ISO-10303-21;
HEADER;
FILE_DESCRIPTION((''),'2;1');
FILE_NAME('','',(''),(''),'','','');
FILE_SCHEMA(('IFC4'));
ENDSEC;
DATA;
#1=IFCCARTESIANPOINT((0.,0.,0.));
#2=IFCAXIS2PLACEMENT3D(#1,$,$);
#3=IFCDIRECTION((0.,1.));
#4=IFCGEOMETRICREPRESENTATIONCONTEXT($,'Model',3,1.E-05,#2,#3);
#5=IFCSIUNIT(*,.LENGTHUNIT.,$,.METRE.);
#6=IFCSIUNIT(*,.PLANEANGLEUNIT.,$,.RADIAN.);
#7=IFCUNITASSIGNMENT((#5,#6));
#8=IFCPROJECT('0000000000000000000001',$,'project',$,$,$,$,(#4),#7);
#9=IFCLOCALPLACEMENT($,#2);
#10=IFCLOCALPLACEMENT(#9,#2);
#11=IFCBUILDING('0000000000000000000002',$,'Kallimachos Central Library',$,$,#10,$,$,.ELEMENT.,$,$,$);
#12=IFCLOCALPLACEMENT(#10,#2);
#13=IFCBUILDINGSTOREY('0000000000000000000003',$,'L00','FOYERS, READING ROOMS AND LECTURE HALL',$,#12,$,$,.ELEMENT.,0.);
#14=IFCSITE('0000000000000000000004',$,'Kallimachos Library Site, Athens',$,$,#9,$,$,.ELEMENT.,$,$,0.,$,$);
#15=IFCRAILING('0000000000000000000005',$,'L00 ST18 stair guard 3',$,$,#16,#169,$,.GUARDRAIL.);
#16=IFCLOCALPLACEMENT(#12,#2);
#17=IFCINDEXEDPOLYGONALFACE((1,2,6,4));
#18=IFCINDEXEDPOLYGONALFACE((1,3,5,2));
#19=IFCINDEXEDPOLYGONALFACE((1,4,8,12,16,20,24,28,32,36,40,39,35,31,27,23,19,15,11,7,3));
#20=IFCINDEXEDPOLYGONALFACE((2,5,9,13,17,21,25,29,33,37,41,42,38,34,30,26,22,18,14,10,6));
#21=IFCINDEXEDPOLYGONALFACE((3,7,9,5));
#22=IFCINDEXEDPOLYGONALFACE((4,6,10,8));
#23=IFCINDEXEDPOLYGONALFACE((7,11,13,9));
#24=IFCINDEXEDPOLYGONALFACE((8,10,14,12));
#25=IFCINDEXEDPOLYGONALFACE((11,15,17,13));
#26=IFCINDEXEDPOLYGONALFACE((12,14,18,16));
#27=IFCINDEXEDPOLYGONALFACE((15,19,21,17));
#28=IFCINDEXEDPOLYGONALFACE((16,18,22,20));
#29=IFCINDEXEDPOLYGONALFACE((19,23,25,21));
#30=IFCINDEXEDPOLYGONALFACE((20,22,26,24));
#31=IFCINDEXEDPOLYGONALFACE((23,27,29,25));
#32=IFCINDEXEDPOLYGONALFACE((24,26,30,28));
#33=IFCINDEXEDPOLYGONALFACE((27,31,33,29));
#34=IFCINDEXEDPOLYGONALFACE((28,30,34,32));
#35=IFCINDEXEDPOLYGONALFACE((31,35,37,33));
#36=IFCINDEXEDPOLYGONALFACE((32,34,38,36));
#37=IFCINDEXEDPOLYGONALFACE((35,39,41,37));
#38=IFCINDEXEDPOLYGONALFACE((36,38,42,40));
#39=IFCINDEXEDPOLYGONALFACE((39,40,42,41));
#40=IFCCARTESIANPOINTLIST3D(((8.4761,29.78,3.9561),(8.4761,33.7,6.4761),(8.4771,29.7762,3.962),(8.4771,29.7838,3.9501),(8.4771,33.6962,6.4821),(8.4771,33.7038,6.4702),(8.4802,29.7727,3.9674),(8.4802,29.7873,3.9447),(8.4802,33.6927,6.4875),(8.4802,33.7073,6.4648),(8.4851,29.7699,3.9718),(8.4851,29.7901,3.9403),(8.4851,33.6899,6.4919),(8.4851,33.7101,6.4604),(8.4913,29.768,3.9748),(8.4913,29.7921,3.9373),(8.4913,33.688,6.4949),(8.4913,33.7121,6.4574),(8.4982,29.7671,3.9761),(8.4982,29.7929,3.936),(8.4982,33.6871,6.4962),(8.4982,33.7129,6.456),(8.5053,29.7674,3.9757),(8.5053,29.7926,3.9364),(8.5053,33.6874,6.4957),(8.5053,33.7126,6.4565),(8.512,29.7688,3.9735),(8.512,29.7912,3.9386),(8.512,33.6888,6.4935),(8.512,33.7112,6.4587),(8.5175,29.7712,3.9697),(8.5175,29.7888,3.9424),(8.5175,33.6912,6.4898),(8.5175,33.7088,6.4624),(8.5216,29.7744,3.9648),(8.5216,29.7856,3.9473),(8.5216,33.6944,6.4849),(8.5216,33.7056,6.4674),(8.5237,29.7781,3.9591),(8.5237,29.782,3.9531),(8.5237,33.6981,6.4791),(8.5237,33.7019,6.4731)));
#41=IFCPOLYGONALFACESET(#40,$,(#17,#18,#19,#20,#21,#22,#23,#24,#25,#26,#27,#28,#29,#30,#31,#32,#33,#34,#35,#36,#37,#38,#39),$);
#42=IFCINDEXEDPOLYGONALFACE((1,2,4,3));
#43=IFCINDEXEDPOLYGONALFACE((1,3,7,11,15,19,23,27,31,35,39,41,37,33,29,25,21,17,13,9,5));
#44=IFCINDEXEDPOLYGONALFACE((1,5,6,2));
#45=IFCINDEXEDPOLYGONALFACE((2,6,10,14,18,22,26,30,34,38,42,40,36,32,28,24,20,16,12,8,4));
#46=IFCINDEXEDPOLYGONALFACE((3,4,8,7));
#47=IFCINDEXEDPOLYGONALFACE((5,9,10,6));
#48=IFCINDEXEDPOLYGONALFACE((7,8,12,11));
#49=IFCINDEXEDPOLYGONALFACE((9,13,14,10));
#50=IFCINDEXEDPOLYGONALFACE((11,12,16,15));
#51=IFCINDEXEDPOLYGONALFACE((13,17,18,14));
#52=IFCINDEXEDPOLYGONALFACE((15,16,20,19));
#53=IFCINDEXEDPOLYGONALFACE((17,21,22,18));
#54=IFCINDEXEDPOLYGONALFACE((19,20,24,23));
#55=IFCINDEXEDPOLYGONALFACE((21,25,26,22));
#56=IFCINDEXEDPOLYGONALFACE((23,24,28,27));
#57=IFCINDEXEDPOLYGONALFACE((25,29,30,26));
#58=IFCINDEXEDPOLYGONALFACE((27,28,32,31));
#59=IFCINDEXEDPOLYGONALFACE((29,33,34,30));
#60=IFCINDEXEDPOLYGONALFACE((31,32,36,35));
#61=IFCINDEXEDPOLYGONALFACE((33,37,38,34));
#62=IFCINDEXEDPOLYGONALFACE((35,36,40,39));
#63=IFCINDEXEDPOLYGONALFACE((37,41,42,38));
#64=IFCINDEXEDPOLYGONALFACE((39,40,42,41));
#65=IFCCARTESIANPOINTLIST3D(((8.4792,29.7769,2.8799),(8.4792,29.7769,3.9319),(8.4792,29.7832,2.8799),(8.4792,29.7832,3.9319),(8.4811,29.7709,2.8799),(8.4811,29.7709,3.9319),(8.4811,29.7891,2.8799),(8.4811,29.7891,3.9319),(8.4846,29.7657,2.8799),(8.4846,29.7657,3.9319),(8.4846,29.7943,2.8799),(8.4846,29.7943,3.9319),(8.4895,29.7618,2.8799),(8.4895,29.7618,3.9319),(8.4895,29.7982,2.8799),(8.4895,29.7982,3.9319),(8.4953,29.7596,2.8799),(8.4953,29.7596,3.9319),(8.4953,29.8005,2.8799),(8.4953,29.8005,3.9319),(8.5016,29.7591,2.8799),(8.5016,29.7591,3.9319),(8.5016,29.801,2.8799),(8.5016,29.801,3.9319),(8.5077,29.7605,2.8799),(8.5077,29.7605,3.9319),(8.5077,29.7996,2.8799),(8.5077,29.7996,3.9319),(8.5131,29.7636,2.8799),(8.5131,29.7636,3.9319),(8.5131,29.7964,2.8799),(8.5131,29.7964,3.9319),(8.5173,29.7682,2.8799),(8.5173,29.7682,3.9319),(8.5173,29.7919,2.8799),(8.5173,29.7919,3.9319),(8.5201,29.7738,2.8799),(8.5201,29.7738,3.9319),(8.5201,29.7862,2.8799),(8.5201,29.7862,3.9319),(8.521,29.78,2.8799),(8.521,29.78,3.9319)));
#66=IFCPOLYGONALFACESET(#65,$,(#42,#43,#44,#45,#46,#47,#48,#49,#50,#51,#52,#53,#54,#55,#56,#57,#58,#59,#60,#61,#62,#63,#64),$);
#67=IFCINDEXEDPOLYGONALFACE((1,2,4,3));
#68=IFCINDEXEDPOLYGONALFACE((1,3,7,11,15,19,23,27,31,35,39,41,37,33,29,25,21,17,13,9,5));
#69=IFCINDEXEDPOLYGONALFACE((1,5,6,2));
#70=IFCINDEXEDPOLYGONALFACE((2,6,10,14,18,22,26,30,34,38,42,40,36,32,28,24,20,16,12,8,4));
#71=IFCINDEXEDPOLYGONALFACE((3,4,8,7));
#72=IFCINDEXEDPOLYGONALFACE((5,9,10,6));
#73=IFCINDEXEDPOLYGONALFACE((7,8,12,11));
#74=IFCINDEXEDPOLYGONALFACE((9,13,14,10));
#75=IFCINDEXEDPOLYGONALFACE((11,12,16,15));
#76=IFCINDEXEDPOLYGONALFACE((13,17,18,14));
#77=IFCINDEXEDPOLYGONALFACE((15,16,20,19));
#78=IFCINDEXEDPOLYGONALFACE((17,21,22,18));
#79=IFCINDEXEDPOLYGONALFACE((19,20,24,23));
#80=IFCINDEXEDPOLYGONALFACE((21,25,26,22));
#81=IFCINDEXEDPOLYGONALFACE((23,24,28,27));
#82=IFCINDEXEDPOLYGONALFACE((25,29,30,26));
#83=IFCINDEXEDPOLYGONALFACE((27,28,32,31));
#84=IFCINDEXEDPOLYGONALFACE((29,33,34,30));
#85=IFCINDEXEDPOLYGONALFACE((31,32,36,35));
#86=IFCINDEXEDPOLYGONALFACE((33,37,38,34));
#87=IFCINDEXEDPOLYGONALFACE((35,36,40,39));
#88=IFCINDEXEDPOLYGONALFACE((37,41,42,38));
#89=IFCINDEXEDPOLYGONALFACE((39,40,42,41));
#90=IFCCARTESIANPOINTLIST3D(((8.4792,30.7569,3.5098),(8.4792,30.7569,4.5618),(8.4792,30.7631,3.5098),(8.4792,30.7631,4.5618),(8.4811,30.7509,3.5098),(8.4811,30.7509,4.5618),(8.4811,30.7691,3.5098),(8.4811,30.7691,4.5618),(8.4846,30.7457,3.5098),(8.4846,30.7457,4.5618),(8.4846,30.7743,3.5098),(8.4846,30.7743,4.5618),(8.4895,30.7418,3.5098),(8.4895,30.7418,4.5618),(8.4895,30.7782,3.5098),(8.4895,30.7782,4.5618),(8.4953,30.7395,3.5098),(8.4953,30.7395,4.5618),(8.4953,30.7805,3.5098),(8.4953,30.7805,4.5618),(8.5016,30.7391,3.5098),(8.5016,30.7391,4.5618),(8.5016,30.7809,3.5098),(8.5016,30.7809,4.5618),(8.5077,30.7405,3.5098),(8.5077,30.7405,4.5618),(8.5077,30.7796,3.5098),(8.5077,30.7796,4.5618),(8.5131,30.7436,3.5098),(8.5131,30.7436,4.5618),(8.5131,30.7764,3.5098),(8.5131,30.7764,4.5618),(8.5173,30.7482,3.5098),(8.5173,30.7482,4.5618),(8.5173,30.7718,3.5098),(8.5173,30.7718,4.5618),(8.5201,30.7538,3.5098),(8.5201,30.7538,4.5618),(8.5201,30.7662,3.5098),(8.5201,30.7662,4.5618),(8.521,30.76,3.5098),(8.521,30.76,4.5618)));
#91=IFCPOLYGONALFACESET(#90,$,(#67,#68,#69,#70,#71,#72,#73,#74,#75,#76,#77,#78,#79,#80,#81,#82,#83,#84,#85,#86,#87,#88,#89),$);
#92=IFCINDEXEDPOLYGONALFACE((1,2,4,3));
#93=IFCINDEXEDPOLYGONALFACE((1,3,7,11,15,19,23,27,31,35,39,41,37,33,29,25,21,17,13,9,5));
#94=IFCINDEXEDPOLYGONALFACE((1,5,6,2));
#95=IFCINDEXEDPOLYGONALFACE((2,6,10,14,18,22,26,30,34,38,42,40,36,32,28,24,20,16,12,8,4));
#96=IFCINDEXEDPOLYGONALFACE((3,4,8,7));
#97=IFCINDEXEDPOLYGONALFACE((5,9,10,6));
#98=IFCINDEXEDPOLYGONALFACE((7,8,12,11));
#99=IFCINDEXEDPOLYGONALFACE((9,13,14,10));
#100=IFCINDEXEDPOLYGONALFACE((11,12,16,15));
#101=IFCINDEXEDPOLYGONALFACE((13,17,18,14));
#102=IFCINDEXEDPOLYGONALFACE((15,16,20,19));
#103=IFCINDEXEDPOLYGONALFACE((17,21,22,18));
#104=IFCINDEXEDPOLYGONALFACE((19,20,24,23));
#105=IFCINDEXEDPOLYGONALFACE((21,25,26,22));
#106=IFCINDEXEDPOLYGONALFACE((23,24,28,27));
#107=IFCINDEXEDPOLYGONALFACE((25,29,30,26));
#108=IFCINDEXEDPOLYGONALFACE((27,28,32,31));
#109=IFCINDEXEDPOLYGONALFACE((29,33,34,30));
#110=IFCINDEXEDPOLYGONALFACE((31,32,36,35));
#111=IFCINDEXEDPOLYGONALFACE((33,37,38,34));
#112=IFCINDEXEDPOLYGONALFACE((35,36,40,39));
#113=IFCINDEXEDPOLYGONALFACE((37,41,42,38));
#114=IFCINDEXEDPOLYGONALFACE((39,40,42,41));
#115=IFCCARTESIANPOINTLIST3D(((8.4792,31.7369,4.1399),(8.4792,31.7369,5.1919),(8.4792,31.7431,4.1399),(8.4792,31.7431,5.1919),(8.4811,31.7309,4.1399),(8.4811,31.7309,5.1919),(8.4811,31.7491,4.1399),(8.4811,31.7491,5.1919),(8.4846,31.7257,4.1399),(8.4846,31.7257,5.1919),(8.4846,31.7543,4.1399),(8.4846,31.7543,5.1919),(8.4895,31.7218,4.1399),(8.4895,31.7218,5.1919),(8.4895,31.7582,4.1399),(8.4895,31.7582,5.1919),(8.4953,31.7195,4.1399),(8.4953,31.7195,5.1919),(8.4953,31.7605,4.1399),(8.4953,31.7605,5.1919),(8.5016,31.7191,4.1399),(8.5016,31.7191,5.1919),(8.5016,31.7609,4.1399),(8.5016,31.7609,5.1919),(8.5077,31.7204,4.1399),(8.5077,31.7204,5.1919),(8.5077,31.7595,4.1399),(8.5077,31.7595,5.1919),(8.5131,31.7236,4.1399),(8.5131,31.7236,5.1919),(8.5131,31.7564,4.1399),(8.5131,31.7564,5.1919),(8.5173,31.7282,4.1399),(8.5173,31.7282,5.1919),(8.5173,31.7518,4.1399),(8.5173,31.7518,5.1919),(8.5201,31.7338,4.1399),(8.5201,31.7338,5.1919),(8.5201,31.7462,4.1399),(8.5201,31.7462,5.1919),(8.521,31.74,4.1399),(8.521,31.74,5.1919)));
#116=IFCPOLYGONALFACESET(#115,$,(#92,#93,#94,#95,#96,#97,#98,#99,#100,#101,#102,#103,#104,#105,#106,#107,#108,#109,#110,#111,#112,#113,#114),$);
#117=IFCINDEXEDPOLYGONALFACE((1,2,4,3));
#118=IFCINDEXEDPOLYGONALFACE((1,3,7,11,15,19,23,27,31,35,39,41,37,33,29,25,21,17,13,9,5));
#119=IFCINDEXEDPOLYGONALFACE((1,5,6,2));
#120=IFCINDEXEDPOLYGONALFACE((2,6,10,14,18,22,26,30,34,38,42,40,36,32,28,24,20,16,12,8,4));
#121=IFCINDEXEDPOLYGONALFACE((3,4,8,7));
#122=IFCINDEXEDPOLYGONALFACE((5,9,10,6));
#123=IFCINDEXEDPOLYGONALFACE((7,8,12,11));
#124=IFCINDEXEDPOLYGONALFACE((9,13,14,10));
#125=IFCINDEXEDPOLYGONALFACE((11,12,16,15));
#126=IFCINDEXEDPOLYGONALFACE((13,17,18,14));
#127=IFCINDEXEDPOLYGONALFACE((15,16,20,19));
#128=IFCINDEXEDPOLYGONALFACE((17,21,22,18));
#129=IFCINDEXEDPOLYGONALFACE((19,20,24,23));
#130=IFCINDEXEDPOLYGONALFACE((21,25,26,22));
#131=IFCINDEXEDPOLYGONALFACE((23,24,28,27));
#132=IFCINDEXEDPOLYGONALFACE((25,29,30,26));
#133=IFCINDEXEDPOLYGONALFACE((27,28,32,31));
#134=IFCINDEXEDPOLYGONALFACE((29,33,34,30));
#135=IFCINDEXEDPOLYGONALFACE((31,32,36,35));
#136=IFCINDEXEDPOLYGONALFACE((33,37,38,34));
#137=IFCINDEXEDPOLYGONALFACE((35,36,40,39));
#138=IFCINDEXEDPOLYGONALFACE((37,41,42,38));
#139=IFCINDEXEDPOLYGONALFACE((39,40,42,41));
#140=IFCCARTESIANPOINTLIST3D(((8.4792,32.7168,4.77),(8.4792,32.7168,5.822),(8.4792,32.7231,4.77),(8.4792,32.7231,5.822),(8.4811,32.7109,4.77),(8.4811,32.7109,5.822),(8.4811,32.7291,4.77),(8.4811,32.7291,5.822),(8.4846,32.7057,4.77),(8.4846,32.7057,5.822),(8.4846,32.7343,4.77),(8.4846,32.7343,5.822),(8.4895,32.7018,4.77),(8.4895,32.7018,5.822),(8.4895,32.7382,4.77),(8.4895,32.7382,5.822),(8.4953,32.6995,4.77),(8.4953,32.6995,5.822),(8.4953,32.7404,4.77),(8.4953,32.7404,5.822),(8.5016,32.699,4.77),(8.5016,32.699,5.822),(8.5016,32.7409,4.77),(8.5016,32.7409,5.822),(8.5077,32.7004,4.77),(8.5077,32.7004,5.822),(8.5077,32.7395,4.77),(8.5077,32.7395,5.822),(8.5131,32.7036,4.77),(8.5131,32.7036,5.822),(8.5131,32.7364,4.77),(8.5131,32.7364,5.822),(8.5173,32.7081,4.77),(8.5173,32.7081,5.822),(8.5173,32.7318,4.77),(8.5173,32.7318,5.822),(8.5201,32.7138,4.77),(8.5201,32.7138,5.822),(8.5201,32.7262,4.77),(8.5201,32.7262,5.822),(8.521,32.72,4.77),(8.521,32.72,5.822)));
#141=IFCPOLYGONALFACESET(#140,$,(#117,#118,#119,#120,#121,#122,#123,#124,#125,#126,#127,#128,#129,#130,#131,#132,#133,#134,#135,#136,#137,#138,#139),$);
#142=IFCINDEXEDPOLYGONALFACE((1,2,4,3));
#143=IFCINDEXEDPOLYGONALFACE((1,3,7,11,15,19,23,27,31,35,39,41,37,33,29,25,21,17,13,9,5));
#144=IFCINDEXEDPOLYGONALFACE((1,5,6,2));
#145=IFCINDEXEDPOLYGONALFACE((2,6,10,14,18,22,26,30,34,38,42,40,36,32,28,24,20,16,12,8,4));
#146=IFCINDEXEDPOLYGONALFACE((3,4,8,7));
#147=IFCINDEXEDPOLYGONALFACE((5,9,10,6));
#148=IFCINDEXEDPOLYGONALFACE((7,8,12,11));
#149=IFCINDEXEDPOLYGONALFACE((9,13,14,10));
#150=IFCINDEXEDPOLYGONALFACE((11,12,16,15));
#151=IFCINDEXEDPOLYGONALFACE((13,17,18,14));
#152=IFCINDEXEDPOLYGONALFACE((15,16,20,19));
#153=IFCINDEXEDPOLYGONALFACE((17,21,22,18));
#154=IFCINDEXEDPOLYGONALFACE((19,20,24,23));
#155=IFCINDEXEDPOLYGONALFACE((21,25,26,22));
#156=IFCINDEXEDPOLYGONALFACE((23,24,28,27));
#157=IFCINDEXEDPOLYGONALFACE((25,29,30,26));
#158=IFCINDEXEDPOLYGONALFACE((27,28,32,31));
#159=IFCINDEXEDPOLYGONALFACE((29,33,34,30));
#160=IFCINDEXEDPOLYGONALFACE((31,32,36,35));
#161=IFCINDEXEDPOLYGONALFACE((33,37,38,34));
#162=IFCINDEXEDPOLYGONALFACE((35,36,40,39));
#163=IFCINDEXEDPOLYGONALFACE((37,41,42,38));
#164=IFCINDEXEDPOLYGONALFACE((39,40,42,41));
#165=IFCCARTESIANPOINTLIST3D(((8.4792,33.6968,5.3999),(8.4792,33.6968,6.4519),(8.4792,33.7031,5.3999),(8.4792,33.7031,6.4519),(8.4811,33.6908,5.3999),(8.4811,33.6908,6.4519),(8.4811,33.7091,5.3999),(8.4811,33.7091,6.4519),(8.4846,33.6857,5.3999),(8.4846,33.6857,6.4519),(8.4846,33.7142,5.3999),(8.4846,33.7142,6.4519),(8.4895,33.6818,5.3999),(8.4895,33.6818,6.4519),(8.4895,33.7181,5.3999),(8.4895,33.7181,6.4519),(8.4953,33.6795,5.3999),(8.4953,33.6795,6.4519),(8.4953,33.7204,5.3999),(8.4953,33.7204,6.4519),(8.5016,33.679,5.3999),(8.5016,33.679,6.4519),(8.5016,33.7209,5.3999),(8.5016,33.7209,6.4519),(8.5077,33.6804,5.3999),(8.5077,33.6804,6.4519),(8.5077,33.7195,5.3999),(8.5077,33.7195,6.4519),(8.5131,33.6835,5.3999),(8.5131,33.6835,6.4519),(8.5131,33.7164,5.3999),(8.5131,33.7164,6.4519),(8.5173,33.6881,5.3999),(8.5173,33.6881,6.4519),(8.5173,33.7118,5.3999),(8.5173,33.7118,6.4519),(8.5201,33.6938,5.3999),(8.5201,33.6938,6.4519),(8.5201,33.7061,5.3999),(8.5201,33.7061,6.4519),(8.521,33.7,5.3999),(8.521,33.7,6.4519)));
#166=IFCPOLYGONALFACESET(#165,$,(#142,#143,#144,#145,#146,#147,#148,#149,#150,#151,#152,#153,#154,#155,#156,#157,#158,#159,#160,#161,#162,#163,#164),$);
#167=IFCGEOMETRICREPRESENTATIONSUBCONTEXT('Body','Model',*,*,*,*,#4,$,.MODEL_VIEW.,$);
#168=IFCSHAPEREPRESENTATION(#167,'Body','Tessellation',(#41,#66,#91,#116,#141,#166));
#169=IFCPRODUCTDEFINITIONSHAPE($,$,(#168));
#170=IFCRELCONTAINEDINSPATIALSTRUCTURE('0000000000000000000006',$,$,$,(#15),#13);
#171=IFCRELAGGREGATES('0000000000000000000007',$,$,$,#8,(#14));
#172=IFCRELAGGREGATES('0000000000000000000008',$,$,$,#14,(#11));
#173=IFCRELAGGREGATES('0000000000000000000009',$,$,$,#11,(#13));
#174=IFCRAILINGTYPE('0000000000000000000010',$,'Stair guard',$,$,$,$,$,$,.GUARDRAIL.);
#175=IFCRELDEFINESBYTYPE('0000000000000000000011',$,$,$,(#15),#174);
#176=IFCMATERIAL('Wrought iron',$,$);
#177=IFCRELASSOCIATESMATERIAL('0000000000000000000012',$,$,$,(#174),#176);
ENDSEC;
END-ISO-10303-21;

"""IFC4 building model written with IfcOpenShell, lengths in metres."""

from ifc_helpers import new_model, si_unit, direction, frame, origin, origin_2d, place, context, subcontext, project, spatial, circle, extrude, material, type_object, element, save


model = new_model("IFC4")

# Units and contexts
model_context = context("Model", 3, precision=1e-05, world=origin(), true_north=direction((0.0, 1.0)))
body_context = subcontext(model_context, "Body", "Model", "MODEL_VIEW")
ifc_project = project(units=[si_unit("LENGTHUNIT", "METRE"), si_unit("PLANEANGLEUNIT", "RADIAN")], contexts=[model_context])

# Site, building, storey
site_placement = place(None, origin())
site = spatial("IfcSite", under=ifc_project, at=site_placement, Name="Kallimachos Library Site, Athens", CompositionType="ELEMENT", RefElevation=0.0)
building_placement = place(site_placement, origin())
building = spatial("IfcBuilding", under=site, at=building_placement, Name="Kallimachos Central Library", CompositionType="ELEMENT")
storey_placement = place(building_placement, origin())
storey = spatial("IfcBuildingStorey", under=building, at=storey_placement, Name="L00", Description="FOYERS, READING ROOMS AND LECTURE HALL", CompositionType="ELEMENT", Elevation=0.0)

# Railing
ifc_material_1 = material(Name="Wrought iron")
railing_type_1 = type_object("IfcRailingType", Name="Stair guard", PredefinedType="GUARDRAIL", material=ifc_material_1)
railing_1_placement = place(storey_placement, frame((8.5, 29.78, 2.8799)))
element("IfcRailing", 1, at=railing_1_placement, inside=storey, type_object=railing_type_1, Name="L00 ST18 stair guard 3", PredefinedType="GUARDRAIL", context=body_context, shape_type="SweptSolid", body=[
    extrude(circle(Radius=0.0239, at=origin_2d()), frame((0.0, 0.0, 1.0762), z_axis=(0.0, 0.841172, 0.540768), x_axis=(-1.0, 0.0, 0.0)), (0.0, 0.0, 1.0), 4.6602),
    extrude(circle(Radius=0.021, at=origin_2d()), origin(), (0.0, 0.0, 1.0), 1.052),
    extrude(circle(Radius=0.021, at=origin_2d()), frame((0.0, 0.98, 0.6299)), (0.0, 0.0, 1.0), 1.052),
    extrude(circle(Radius=0.021, at=origin_2d()), frame((0.0, 1.96, 1.26)), (0.0, 0.0, 1.0), 1.052),
    extrude(circle(Radius=0.021, at=origin_2d()), frame((0.0, 2.9399, 1.8901)), (0.0, 0.0, 1.0), 1.052),
    extrude(circle(Radius=0.021, at=origin_2d()), frame((0.0, 3.9199, 2.52)), (0.0, 0.0, 1.0), 1.052),
])

save(model, "model.ifc")
